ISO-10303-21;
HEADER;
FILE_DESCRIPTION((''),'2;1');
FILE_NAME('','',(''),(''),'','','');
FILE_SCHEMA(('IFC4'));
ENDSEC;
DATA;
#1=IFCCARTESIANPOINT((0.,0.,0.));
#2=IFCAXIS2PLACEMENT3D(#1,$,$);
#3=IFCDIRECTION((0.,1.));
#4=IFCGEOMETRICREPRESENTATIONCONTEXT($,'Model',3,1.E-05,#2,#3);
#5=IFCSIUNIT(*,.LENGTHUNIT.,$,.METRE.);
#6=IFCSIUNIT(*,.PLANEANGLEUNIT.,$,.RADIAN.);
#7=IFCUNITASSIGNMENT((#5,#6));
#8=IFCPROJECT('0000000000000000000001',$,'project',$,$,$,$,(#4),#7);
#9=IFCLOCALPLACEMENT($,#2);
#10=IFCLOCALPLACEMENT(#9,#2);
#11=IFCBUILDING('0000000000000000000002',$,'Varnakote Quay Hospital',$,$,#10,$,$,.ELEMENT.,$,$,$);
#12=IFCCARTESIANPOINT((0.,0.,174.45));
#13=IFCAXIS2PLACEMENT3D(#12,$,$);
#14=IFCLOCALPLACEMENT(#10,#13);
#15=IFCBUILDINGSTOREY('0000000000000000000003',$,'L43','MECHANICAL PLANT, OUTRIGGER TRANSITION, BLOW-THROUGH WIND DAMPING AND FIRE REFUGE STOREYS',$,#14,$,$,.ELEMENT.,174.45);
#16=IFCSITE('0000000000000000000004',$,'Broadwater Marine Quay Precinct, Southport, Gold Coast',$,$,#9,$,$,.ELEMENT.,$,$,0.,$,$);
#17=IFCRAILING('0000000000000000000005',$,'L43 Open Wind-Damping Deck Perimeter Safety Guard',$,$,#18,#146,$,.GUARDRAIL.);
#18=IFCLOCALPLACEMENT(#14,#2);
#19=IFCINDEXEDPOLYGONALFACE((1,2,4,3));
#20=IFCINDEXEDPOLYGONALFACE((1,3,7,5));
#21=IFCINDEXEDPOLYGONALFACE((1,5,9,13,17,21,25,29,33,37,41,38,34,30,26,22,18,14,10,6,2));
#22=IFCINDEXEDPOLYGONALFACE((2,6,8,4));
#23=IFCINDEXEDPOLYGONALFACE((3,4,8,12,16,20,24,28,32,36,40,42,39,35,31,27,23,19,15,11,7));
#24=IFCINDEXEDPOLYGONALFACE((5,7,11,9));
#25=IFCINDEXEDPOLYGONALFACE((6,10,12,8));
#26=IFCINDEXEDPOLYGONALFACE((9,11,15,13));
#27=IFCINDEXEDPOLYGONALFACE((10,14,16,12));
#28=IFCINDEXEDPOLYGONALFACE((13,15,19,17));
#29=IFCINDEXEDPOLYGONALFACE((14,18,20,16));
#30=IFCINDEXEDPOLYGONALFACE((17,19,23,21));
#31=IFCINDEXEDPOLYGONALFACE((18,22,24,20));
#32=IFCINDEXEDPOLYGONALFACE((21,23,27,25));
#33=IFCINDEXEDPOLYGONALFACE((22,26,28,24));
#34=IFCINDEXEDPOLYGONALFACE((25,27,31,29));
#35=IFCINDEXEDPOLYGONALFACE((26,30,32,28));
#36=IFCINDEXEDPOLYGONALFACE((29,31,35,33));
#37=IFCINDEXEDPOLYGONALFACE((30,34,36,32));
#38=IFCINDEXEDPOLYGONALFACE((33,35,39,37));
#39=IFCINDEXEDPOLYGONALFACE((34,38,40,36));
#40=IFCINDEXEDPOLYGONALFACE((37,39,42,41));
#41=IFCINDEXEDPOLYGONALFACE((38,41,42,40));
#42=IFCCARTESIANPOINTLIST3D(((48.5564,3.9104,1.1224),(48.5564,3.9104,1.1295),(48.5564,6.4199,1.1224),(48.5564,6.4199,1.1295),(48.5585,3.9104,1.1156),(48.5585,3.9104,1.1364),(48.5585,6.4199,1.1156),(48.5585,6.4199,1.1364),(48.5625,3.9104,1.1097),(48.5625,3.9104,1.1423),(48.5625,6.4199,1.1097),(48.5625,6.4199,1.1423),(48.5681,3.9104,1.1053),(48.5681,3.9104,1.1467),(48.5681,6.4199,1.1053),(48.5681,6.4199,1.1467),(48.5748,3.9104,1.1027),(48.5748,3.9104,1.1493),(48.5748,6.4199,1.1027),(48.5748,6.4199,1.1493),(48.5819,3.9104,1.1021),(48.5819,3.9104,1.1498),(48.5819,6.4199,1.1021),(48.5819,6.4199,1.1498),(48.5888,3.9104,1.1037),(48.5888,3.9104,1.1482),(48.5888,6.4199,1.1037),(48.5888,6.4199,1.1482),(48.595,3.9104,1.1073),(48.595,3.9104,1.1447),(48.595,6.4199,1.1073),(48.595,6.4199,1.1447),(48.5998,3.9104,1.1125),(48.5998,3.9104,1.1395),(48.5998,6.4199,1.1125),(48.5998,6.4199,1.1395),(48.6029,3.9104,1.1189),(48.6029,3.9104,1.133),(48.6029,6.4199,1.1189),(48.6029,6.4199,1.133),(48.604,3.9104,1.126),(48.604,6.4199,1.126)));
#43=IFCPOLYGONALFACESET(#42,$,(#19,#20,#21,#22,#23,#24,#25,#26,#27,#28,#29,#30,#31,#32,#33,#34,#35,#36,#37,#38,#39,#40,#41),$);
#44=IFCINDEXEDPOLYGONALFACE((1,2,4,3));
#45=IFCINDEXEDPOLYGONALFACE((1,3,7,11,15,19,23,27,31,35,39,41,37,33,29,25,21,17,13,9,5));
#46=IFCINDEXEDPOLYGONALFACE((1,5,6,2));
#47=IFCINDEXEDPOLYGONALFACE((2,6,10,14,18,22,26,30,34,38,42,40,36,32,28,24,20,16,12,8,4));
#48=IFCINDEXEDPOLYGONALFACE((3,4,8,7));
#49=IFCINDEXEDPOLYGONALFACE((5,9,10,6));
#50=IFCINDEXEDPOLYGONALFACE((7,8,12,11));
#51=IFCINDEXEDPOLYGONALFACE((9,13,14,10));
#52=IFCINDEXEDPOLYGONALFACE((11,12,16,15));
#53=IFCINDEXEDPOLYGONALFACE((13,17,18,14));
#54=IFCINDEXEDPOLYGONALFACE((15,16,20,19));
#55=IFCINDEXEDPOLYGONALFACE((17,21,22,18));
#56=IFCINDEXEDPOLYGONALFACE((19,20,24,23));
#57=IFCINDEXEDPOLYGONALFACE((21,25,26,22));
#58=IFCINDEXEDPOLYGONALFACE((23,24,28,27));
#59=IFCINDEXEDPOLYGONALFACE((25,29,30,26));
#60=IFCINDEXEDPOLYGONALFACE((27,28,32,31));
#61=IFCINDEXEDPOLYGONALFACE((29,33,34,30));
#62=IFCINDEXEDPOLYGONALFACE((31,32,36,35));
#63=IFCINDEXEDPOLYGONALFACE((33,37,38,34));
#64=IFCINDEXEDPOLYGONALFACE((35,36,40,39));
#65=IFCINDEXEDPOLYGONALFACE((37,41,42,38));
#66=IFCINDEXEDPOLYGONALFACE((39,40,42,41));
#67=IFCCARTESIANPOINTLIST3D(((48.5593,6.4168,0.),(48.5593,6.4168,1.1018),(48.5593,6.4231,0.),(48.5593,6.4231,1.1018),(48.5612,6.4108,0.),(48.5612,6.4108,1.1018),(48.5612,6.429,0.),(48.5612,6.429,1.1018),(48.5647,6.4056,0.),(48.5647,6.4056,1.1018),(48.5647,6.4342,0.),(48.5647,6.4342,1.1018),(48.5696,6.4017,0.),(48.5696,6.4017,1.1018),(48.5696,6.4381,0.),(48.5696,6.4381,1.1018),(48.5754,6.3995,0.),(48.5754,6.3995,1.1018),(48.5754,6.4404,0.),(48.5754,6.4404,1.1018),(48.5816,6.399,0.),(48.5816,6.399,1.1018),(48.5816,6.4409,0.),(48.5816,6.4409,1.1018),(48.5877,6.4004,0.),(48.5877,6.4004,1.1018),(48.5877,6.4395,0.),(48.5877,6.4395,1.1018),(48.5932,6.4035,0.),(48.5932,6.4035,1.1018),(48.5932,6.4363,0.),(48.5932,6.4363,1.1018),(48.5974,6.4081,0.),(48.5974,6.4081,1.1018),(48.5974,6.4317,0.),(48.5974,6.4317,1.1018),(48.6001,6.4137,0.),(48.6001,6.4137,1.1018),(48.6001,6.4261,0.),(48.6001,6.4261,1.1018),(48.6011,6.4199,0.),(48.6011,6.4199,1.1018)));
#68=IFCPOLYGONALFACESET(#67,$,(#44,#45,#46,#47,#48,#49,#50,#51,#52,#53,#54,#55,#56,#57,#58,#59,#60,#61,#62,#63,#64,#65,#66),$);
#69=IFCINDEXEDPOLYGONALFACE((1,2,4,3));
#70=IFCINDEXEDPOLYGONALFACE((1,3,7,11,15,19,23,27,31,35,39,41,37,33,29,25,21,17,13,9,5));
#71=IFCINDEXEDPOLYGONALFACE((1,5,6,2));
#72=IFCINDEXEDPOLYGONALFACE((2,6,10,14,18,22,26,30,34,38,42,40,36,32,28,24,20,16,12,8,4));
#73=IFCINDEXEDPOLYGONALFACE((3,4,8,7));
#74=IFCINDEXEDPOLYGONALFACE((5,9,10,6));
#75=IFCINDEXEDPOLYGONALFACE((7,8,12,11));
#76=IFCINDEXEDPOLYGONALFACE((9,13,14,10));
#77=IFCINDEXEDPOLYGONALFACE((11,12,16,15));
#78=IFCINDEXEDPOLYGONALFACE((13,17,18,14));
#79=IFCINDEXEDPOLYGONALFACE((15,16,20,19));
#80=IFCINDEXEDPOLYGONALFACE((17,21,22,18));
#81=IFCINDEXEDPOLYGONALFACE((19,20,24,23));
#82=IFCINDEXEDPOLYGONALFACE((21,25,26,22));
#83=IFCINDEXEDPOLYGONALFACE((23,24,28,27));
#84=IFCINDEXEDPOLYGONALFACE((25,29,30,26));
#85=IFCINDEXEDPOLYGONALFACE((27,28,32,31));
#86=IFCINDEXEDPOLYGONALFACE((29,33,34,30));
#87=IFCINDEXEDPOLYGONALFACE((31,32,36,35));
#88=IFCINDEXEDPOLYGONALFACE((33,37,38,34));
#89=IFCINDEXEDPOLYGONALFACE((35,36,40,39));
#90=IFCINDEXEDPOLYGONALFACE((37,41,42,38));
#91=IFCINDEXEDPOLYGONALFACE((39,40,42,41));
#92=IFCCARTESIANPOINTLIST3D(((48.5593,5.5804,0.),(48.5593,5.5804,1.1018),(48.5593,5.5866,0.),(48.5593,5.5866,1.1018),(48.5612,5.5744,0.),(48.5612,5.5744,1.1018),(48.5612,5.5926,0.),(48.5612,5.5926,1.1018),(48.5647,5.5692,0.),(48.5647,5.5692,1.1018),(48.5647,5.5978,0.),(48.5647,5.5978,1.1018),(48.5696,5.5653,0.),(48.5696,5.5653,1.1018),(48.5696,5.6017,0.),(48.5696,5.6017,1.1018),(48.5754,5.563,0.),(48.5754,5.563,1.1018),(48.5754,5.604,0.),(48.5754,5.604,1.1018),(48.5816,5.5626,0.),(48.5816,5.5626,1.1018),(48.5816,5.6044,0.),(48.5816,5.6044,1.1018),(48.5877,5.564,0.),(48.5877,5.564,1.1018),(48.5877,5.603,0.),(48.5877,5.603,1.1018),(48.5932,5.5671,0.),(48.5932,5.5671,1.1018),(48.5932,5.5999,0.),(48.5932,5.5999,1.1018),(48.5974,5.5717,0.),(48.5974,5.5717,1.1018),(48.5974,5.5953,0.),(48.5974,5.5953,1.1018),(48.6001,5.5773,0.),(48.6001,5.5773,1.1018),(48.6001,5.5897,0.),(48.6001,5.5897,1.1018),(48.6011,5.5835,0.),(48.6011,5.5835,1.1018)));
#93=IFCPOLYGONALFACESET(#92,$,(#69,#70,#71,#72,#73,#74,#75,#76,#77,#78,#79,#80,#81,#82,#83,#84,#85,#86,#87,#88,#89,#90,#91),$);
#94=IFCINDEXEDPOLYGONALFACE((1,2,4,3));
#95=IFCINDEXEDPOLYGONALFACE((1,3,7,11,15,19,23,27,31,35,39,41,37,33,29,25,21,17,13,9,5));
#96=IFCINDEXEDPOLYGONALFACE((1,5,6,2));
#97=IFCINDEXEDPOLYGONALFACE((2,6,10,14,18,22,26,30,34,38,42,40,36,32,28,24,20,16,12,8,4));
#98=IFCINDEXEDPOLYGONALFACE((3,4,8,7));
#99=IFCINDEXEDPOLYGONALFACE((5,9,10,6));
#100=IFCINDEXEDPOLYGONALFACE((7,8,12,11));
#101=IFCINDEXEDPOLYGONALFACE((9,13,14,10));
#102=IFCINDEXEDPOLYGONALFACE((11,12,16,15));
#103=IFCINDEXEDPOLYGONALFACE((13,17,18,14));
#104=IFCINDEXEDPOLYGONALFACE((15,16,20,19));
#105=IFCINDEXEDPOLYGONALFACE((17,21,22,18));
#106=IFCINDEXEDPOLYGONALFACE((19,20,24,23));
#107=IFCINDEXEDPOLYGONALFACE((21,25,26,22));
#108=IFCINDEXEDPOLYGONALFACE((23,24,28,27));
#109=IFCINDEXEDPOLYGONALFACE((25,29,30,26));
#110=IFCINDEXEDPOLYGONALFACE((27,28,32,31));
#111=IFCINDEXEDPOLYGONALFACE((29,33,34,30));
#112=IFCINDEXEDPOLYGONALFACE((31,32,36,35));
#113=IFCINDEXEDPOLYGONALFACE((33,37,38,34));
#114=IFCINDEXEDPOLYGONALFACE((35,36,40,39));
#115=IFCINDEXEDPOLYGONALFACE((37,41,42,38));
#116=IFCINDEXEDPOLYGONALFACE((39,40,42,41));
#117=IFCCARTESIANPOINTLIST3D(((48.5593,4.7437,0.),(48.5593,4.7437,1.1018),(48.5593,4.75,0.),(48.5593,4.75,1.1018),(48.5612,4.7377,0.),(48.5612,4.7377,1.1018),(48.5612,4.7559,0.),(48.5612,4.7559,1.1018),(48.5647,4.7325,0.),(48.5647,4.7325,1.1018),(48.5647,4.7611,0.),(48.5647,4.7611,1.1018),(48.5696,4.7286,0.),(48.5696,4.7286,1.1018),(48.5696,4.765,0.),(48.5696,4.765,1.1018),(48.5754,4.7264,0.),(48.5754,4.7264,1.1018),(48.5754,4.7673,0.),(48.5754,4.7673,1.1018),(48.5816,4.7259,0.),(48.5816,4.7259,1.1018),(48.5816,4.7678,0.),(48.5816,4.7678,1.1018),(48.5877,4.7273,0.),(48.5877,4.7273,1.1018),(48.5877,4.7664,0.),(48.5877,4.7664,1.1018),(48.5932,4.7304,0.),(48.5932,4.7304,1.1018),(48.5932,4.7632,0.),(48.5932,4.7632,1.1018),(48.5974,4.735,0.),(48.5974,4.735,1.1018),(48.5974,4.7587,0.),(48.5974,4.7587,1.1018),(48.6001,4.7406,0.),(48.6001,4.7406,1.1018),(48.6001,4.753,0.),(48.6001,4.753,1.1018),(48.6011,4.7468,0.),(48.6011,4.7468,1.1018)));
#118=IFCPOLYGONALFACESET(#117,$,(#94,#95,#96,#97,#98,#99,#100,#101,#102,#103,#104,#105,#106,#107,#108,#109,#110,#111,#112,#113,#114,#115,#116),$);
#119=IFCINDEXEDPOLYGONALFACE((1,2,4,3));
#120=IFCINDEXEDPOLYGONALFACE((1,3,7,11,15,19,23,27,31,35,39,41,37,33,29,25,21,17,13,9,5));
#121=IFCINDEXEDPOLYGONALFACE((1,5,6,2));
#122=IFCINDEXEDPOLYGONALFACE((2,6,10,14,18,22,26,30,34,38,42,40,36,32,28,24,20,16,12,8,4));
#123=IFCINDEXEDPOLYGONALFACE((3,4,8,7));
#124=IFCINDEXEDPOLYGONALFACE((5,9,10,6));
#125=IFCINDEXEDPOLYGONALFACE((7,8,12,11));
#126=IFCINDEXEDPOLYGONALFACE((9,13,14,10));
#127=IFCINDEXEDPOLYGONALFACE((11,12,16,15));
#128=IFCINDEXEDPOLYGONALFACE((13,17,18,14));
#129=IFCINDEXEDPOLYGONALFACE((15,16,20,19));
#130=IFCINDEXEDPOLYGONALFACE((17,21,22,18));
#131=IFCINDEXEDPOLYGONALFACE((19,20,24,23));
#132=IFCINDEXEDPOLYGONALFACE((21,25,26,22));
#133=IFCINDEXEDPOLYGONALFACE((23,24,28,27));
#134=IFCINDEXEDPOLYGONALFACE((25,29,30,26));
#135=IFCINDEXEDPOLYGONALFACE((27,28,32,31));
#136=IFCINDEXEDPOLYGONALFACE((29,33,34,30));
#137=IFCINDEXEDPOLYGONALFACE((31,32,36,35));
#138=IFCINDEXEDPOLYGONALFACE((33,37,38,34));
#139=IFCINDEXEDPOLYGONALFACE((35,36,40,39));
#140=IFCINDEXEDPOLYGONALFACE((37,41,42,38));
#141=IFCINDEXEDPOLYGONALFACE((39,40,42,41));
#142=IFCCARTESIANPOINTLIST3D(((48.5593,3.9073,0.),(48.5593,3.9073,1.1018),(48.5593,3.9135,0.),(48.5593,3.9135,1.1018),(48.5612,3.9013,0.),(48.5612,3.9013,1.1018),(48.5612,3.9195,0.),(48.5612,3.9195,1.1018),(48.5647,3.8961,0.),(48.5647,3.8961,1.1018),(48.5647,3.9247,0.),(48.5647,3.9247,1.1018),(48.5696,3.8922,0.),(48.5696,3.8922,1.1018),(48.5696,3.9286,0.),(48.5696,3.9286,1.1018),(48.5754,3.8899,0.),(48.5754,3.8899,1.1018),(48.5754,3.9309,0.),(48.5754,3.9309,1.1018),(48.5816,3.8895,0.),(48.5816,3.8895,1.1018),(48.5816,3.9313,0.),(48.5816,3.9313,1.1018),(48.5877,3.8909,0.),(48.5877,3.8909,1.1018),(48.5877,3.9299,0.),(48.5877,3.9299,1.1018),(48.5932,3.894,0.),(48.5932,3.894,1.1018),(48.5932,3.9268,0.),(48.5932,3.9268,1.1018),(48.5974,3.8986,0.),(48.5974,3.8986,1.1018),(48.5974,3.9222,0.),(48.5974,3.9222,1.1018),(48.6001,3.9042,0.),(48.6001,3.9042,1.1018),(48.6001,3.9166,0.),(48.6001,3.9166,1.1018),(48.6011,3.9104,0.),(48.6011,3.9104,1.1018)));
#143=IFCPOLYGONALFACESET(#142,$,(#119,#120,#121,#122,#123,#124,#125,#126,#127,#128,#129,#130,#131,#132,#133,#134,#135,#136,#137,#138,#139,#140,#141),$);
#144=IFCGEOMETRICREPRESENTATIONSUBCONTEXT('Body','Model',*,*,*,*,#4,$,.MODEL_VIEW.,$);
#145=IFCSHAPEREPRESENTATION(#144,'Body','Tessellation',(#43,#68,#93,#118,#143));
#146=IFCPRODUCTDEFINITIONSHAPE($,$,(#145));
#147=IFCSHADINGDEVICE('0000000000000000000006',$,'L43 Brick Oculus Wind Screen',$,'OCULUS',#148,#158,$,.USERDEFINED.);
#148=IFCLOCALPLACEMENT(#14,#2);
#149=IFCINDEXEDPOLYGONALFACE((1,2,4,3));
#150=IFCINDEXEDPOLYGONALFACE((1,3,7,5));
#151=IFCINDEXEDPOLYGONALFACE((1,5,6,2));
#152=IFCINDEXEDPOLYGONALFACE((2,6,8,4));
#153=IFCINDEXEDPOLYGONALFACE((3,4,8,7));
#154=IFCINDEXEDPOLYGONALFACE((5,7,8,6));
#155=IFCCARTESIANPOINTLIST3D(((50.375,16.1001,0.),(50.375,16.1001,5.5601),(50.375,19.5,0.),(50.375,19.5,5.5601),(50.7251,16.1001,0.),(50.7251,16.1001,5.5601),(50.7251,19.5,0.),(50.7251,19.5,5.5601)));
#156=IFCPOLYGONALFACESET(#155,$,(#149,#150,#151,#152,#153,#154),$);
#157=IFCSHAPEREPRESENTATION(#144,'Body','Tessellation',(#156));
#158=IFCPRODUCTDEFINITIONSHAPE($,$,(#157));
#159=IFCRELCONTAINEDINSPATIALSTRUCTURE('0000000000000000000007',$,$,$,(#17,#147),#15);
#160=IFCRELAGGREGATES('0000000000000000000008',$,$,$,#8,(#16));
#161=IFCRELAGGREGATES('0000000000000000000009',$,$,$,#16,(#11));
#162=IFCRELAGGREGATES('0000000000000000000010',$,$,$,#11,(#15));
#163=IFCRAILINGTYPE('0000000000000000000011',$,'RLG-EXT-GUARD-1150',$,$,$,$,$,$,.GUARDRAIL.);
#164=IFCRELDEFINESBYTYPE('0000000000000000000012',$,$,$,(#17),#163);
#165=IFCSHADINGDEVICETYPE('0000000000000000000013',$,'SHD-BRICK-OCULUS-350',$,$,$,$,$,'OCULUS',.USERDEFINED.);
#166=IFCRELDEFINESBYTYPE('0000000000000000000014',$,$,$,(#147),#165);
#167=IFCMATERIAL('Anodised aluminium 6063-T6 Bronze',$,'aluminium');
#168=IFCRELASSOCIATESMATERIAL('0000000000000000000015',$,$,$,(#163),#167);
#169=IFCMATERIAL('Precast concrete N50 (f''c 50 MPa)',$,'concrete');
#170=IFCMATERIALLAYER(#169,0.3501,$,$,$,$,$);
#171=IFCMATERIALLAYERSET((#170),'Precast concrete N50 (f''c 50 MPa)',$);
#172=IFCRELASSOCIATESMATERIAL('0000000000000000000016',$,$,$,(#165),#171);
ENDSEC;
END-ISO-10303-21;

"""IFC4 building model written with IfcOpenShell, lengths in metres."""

from ifc_helpers import new_model, si_unit, direction, frame, origin, origin_2d, place, context, subcontext, project, spatial, rectangle, circle, extrude, material, layer, layer_set, type_object, element, save


model = new_model("IFC4")

# Units and contexts
model_context = context("Model", 3, precision=1e-05, world=origin(), true_north=direction((0.0, 1.0)))
body_context = subcontext(model_context, "Body", "Model", "MODEL_VIEW")
ifc_project = project(units=[si_unit("LENGTHUNIT", "METRE"), si_unit("PLANEANGLEUNIT", "RADIAN")], contexts=[model_context])

# Site, building, storey
site_placement = place(None, origin())
site = spatial("IfcSite", under=ifc_project, at=site_placement, Name="Broadwater Marine Quay Precinct, Southport, Gold Coast", CompositionType="ELEMENT", RefElevation=0.0)
building_placement = place(site_placement, origin())
building = spatial("IfcBuilding", under=site, at=building_placement, Name="Varnakote Quay Hospital", CompositionType="ELEMENT")
storey_placement = place(building_placement, frame((0.0, 0.0, 174.45)))
storey = spatial("IfcBuildingStorey", under=building, at=storey_placement, Name="L43", Description="MECHANICAL PLANT, OUTRIGGER TRANSITION, BLOW-THROUGH WIND DAMPING AND FIRE REFUGE STOREYS", CompositionType="ELEMENT", Elevation=174.45)

# Railing
ifc_material_1 = material(Name="Anodised aluminium 6063-T6 Bronze", Category="aluminium")
railing_type = type_object("IfcRailingType", Name="RLG-EXT-GUARD-1150", PredefinedType="GUARDRAIL", material=ifc_material_1)
railing_1_placement = place(storey_placement, frame((48.5801, 6.4199, 0.0)))
element("IfcRailing", 1, at=railing_1_placement, inside=storey, type_object=railing_type, Name="L43 Open Wind-Damping Deck Perimeter Safety Guard", PredefinedType="GUARDRAIL", context=body_context, shape_type="SweptSolid", body=[
    extrude(circle(Radius=0.0239, at=origin_2d()), frame((0.0, 0.0, 1.126), z_axis=(0.0, -1.0, 0.0), x_axis=(1.0, 0.0, 0.0)), (0.0, 0.0, 1.0), 2.5095),
    extrude(circle(Radius=0.021, at=origin_2d()), origin(), (0.0, 0.0, 1.0), 1.1018),
    extrude(circle(Radius=0.021, at=origin_2d()), frame((0.0, -0.8364, 0.0)), (0.0, 0.0, 1.0), 1.1018),
    extrude(circle(Radius=0.021, at=origin_2d()), frame((0.0, -1.6731, 0.0)), (0.0, 0.0, 1.0), 1.1018),
    extrude(circle(Radius=0.021, at=origin_2d()), frame((0.0, -2.5095, 0.0)), (0.0, 0.0, 1.0), 1.1018),
])

# Shading device
ifc_material_2 = material(Name="Precast concrete N50 (f'c 50 MPa)", Category="concrete")
ifc_layer_1 = layer(ifc_material_2, 0.3501)
ifc_layer_set_1 = layer_set([ifc_layer_1], Name="Precast concrete N50 (f'c 50 MPa)")
shading_device_type = type_object("IfcShadingDeviceType", Name="SHD-BRICK-OCULUS-350", ElementType="OCULUS", PredefinedType="USERDEFINED", material=ifc_layer_set_1)
shading_device_placement = place(storey_placement, frame((50.55, 17.8, 0.0), z_axis=(0.0, 0.0, 1.0), x_axis=(0.0, 1.0, 0.0)))
element("IfcShadingDevice", 2, at=shading_device_placement, inside=storey, type_object=shading_device_type, Name="L43 Brick Oculus Wind Screen", ObjectType="OCULUS", PredefinedType="USERDEFINED", context=body_context, shape_type="SweptSolid", body=[
    extrude(rectangle(XDim=3.3999, YDim=0.3501, at=origin_2d()), origin(), (0.0, 0.0, 1.0), 5.5601),
])

save(model, "model.ifc")
